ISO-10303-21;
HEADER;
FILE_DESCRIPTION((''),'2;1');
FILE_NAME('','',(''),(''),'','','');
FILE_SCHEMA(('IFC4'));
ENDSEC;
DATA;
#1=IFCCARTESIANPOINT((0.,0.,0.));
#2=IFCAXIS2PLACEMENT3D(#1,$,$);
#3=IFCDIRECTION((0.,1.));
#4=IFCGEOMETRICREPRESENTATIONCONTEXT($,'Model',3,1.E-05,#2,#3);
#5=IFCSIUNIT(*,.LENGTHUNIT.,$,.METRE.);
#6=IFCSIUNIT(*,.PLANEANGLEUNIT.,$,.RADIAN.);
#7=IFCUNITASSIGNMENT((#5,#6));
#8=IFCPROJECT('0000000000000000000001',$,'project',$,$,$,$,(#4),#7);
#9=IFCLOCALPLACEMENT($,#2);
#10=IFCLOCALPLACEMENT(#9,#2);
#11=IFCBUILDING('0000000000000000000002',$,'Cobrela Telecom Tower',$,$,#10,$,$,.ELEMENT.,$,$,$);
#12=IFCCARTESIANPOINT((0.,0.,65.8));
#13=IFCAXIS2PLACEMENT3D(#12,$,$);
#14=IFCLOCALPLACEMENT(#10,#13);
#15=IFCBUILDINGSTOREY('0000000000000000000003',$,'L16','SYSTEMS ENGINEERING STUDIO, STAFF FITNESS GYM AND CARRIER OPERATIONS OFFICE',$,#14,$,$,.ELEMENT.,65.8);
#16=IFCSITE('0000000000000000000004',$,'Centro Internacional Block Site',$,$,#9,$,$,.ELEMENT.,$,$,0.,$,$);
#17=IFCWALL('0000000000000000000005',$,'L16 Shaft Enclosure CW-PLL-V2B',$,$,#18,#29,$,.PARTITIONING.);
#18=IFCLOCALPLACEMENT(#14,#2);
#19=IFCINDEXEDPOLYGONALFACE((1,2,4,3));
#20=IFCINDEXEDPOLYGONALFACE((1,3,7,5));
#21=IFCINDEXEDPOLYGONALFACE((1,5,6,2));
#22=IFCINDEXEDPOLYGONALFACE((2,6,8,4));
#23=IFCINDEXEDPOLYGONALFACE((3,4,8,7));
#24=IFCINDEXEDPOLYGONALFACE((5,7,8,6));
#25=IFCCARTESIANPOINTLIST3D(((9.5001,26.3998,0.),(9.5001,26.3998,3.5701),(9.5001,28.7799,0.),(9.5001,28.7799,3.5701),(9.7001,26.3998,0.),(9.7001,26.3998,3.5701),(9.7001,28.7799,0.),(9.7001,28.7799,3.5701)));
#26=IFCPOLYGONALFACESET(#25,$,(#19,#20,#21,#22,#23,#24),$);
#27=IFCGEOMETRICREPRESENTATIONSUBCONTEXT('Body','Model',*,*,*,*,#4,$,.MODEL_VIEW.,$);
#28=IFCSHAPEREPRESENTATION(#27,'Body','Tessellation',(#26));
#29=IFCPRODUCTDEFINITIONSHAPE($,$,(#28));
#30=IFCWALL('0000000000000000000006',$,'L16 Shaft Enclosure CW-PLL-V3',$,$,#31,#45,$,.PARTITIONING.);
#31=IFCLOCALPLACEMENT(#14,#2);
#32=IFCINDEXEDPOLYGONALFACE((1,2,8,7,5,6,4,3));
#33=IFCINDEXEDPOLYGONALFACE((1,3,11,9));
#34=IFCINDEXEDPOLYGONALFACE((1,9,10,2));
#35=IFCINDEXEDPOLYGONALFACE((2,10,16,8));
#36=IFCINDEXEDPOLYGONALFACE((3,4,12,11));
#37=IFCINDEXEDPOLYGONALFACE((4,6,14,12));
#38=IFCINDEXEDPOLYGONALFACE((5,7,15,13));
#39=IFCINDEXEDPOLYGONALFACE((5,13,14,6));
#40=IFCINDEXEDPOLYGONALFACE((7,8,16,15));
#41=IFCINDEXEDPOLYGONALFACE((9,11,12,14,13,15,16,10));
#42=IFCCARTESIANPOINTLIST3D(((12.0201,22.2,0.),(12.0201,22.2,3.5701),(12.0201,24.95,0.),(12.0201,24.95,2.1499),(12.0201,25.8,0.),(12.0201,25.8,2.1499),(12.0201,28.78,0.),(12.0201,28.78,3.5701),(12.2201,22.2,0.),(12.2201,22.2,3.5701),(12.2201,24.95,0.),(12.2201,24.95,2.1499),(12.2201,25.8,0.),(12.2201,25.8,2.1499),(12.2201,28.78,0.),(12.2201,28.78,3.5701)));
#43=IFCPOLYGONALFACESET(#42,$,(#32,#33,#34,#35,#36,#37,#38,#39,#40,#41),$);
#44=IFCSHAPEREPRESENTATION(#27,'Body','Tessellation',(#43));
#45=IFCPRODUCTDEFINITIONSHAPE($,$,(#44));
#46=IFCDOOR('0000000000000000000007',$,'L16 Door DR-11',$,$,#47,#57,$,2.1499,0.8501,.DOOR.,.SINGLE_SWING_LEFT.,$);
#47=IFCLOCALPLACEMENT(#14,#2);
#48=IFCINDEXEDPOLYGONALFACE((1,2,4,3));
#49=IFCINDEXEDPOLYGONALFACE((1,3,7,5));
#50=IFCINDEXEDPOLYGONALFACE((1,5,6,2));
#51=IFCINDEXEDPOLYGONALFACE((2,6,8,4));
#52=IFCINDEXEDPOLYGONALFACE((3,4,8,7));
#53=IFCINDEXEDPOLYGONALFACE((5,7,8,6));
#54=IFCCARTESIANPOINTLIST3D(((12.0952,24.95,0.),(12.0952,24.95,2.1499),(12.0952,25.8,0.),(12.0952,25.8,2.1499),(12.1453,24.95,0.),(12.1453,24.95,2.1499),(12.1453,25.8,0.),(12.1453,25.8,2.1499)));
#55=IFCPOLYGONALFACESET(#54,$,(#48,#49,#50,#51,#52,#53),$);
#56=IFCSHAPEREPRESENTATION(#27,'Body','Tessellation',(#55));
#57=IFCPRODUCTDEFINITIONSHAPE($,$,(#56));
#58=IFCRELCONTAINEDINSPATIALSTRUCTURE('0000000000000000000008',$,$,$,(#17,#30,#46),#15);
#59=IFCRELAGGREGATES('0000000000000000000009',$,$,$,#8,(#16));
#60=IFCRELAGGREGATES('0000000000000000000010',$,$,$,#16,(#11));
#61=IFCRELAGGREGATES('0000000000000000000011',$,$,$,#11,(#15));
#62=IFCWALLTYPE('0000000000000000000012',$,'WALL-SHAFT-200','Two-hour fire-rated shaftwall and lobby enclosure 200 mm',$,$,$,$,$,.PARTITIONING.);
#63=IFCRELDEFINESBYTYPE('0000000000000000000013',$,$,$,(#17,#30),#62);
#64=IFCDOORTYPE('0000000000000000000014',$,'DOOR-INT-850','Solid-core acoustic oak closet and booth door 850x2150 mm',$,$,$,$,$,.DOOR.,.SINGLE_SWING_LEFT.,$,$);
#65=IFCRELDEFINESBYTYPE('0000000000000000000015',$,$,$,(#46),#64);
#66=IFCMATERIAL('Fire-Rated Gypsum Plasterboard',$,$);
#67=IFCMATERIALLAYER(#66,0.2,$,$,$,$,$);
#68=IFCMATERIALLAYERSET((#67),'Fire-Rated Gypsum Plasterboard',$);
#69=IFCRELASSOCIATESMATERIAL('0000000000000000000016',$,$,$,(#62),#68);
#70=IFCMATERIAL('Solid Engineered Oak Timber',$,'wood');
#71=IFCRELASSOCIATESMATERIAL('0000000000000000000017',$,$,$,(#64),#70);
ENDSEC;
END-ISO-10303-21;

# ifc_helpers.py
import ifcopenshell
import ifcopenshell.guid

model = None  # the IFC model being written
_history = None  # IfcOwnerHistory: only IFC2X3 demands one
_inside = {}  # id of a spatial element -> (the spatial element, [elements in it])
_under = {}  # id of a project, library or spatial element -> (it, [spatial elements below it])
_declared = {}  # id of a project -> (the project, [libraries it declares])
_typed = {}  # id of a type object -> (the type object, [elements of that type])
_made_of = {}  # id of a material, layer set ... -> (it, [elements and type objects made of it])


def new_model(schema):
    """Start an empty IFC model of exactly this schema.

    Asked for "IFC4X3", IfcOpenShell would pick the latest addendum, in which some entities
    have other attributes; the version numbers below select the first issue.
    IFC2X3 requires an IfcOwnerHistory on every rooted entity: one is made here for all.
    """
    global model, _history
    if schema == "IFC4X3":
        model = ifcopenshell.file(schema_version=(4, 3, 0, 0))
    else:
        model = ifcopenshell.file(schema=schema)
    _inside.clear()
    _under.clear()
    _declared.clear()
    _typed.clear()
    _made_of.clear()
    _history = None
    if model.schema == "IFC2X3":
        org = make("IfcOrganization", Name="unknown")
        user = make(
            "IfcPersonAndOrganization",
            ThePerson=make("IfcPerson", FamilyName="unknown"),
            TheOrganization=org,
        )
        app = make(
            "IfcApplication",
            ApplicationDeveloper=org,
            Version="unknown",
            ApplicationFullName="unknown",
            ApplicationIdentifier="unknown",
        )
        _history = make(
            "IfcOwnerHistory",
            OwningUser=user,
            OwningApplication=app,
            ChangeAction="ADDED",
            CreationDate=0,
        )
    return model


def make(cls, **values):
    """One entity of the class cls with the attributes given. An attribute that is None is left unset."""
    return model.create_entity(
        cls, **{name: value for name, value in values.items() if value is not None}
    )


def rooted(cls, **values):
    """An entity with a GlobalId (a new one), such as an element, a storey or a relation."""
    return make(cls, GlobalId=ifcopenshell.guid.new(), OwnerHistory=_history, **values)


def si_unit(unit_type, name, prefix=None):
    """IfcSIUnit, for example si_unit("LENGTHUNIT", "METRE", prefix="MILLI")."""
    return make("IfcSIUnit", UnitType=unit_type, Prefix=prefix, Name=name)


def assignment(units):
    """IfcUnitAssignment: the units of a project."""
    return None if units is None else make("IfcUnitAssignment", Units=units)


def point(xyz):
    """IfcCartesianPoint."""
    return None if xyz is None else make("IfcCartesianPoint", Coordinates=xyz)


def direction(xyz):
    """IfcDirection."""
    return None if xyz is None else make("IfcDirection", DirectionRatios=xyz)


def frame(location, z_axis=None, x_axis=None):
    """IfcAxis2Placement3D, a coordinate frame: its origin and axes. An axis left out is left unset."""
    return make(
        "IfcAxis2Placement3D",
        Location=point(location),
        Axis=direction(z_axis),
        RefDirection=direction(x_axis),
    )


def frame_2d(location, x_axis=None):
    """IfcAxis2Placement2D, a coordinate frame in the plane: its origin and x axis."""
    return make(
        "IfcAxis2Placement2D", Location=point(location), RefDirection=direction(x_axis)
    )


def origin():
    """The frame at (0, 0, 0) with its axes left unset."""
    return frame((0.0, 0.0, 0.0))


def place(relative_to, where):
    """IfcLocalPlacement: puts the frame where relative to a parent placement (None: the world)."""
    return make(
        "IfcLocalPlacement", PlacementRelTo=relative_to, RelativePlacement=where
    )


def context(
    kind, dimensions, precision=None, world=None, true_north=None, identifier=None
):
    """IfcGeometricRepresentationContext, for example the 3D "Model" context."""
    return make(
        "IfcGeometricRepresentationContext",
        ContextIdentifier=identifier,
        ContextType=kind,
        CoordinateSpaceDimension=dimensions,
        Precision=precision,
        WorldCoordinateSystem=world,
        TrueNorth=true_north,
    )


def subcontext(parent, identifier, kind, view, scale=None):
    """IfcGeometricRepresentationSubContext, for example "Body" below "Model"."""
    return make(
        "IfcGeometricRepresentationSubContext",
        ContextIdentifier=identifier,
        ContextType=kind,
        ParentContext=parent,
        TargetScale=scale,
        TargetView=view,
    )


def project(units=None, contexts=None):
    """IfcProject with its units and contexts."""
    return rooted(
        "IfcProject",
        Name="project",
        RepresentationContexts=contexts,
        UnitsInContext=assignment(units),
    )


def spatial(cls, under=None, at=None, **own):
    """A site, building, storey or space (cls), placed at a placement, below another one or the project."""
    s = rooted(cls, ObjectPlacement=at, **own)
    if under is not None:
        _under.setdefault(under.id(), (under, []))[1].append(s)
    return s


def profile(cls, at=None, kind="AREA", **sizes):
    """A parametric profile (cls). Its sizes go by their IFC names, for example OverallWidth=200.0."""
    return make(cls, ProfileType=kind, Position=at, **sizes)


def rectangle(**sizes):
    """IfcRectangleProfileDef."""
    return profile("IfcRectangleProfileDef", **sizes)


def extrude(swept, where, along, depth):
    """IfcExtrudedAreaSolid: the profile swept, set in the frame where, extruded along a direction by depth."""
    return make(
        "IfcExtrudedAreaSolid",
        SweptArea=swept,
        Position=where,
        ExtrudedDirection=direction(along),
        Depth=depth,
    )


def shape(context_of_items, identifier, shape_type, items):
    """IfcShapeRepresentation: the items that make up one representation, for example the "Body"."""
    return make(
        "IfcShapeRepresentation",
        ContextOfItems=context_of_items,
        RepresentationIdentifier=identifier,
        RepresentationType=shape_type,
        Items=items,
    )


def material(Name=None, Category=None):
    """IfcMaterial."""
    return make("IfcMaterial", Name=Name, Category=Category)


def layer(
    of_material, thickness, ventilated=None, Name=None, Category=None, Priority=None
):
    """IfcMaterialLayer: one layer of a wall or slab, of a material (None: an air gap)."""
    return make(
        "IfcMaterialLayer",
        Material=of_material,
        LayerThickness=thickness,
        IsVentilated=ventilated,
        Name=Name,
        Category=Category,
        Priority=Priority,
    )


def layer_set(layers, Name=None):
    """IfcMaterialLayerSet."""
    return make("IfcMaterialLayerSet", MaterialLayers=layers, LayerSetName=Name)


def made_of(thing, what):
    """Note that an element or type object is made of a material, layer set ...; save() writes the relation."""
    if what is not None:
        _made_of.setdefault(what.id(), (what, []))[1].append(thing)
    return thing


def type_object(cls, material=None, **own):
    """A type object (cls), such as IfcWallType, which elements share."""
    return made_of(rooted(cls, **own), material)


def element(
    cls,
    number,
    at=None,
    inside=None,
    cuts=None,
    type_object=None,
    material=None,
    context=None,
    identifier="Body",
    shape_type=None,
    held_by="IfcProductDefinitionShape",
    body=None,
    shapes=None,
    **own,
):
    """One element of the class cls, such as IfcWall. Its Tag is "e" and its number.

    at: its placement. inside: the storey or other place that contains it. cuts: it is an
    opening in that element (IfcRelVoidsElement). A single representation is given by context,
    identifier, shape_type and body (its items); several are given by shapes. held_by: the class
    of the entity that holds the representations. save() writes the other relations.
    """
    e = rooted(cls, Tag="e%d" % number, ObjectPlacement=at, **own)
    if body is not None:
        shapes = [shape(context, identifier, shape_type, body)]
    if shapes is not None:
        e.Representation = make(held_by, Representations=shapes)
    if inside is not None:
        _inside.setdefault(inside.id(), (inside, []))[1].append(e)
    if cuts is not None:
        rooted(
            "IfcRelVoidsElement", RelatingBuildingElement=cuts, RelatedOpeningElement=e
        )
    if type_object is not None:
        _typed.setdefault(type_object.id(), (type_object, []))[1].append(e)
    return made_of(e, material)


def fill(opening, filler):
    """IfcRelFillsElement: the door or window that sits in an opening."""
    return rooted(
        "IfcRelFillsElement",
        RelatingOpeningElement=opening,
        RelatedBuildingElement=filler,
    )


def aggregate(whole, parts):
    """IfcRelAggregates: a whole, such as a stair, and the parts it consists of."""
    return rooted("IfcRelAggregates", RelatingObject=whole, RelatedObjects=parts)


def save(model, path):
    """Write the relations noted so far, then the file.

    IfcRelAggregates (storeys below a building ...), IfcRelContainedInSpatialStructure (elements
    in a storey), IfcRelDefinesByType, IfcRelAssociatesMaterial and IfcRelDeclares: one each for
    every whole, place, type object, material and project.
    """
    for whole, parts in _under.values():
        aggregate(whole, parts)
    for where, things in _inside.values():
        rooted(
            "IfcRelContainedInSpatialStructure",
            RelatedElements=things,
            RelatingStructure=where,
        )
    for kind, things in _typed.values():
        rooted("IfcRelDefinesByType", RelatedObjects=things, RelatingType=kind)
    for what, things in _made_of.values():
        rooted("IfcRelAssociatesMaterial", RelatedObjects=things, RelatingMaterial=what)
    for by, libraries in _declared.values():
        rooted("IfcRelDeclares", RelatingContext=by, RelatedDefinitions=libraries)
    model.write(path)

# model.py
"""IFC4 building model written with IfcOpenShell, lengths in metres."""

from ifc_helpers import new_model, si_unit, direction, frame, frame_2d, origin, place, context, subcontext, project, spatial, rectangle, extrude, material, layer, layer_set, type_object, element, fill, save


model = new_model("IFC4")

# Units and contexts
model_context = context("Model", 3, precision=1e-05, world=origin(), true_north=direction((0.0, 1.0)))
body_context = subcontext(model_context, "Body", "Model", "MODEL_VIEW")
ifc_project = project(units=[si_unit("LENGTHUNIT", "METRE"), si_unit("PLANEANGLEUNIT", "RADIAN")], contexts=[model_context])

# Site, building, storey
site_placement = place(None, origin())
site = spatial("IfcSite", under=ifc_project, at=site_placement, Name="Centro Internacional Block Site", CompositionType="ELEMENT", RefElevation=0.0)
building_placement = place(site_placement, origin())
building = spatial("IfcBuilding", under=site, at=building_placement, Name="Cobrela Telecom Tower", CompositionType="ELEMENT")
storey_placement = place(building_placement, frame((0.0, 0.0, 65.8)))
storey = spatial("IfcBuildingStorey", under=building, at=storey_placement, Name="L16", Description="SYSTEMS ENGINEERING STUDIO, STAFF FITNESS GYM AND CARRIER OPERATIONS OFFICE", CompositionType="ELEMENT", Elevation=65.8)

# Shared definitions
ifc_material_1 = material(Name="Fire-Rated Gypsum Plasterboard")
ifc_layer_1 = layer(ifc_material_1, 0.2)
ifc_layer_set_1 = layer_set([ifc_layer_1], Name="Fire-Rated Gypsum Plasterboard")
wall_type_1 = type_object("IfcWallType", Name="WALL-SHAFT-200", Description="Two-hour fire-rated shaftwall and lobby enclosure 200 mm", PredefinedType="PARTITIONING", material=ifc_layer_set_1)

# Wall
wall_1_placement = place(storey_placement, frame((9.6001, 26.3999, 0.0), z_axis=(0.0, 0.0, 1.0), x_axis=(0.0, 1.0, 0.0)))
element("IfcWall", 1, at=wall_1_placement, inside=storey, type_object=wall_type_1, Name="L16 Shaft Enclosure CW-PLL-V2B", PredefinedType="PARTITIONING", context=body_context, shape_type="SweptSolid", body=[
    extrude(rectangle(XDim=2.3801, YDim=0.2, at=frame_2d((1.1899, 0.0))), origin(), (0.0, 0.0, 1.0), 3.5701),
])

# Wall, opening, door
wall_2_placement = place(storey_placement, frame((12.1201, 22.2, 0.0), z_axis=(0.0, 0.0, 1.0), x_axis=(0.0, 1.0, 0.0)))
wall_2 = element("IfcWall", 2, at=wall_2_placement, inside=storey, type_object=wall_type_1, Name="L16 Shaft Enclosure CW-PLL-V3", PredefinedType="PARTITIONING", context=body_context, shape_type="SweptSolid", body=[
    extrude(rectangle(XDim=6.5801, YDim=0.2, at=frame_2d((3.29, 0.0))), origin(), (0.0, 0.0, 1.0), 3.5701),
])
opening_1_placement = place(wall_2_placement, frame((2.75, 0.0, 0.0)))
opening_1 = element("IfcOpeningElement", 3, at=opening_1_placement, cuts=wall_2, PredefinedType="OPENING", context=body_context, shape_type="SweptSolid", body=[
    extrude(rectangle(XDim=0.8501, YDim=2.1499, at=frame_2d((0.425, 1.075))), frame((0.0, 0.1118, 0.0), z_axis=(0.0, -1.0, 0.0), x_axis=(1.0, 0.0, 0.0)), (0.0, 0.0, 1.0), 0.2239),
])
ifc_material_2 = material(Name="Solid Engineered Oak Timber", Category="wood")
door_type_1 = type_object("IfcDoorType", Name="DOOR-INT-850", Description="Solid-core acoustic oak closet and booth door 850x2150 mm", OperationType="SINGLE_SWING_LEFT", PredefinedType="DOOR", material=ifc_material_2)
door_1_placement = place(opening_1_placement, origin())
door_1 = element("IfcDoor", 4, at=door_1_placement, inside=storey, type_object=door_type_1, Name="L16 Door DR-11", OperationType="SINGLE_SWING_LEFT", OverallHeight=2.1499, OverallWidth=0.8501, PredefinedType="DOOR", context=body_context, shape_type="SweptSolid", body=[
    extrude(rectangle(XDim=0.8501, YDim=2.1499, at=frame_2d((0.425, 1.075))), frame((0.0, 0.0249, 0.0), z_axis=(0.0, -1.0, 0.0), x_axis=(1.0, 0.0, 0.0)), (0.0, 0.0, 1.0), 0.05),
])
fill(opening_1, door_1)

save(model, "model.ifc")
